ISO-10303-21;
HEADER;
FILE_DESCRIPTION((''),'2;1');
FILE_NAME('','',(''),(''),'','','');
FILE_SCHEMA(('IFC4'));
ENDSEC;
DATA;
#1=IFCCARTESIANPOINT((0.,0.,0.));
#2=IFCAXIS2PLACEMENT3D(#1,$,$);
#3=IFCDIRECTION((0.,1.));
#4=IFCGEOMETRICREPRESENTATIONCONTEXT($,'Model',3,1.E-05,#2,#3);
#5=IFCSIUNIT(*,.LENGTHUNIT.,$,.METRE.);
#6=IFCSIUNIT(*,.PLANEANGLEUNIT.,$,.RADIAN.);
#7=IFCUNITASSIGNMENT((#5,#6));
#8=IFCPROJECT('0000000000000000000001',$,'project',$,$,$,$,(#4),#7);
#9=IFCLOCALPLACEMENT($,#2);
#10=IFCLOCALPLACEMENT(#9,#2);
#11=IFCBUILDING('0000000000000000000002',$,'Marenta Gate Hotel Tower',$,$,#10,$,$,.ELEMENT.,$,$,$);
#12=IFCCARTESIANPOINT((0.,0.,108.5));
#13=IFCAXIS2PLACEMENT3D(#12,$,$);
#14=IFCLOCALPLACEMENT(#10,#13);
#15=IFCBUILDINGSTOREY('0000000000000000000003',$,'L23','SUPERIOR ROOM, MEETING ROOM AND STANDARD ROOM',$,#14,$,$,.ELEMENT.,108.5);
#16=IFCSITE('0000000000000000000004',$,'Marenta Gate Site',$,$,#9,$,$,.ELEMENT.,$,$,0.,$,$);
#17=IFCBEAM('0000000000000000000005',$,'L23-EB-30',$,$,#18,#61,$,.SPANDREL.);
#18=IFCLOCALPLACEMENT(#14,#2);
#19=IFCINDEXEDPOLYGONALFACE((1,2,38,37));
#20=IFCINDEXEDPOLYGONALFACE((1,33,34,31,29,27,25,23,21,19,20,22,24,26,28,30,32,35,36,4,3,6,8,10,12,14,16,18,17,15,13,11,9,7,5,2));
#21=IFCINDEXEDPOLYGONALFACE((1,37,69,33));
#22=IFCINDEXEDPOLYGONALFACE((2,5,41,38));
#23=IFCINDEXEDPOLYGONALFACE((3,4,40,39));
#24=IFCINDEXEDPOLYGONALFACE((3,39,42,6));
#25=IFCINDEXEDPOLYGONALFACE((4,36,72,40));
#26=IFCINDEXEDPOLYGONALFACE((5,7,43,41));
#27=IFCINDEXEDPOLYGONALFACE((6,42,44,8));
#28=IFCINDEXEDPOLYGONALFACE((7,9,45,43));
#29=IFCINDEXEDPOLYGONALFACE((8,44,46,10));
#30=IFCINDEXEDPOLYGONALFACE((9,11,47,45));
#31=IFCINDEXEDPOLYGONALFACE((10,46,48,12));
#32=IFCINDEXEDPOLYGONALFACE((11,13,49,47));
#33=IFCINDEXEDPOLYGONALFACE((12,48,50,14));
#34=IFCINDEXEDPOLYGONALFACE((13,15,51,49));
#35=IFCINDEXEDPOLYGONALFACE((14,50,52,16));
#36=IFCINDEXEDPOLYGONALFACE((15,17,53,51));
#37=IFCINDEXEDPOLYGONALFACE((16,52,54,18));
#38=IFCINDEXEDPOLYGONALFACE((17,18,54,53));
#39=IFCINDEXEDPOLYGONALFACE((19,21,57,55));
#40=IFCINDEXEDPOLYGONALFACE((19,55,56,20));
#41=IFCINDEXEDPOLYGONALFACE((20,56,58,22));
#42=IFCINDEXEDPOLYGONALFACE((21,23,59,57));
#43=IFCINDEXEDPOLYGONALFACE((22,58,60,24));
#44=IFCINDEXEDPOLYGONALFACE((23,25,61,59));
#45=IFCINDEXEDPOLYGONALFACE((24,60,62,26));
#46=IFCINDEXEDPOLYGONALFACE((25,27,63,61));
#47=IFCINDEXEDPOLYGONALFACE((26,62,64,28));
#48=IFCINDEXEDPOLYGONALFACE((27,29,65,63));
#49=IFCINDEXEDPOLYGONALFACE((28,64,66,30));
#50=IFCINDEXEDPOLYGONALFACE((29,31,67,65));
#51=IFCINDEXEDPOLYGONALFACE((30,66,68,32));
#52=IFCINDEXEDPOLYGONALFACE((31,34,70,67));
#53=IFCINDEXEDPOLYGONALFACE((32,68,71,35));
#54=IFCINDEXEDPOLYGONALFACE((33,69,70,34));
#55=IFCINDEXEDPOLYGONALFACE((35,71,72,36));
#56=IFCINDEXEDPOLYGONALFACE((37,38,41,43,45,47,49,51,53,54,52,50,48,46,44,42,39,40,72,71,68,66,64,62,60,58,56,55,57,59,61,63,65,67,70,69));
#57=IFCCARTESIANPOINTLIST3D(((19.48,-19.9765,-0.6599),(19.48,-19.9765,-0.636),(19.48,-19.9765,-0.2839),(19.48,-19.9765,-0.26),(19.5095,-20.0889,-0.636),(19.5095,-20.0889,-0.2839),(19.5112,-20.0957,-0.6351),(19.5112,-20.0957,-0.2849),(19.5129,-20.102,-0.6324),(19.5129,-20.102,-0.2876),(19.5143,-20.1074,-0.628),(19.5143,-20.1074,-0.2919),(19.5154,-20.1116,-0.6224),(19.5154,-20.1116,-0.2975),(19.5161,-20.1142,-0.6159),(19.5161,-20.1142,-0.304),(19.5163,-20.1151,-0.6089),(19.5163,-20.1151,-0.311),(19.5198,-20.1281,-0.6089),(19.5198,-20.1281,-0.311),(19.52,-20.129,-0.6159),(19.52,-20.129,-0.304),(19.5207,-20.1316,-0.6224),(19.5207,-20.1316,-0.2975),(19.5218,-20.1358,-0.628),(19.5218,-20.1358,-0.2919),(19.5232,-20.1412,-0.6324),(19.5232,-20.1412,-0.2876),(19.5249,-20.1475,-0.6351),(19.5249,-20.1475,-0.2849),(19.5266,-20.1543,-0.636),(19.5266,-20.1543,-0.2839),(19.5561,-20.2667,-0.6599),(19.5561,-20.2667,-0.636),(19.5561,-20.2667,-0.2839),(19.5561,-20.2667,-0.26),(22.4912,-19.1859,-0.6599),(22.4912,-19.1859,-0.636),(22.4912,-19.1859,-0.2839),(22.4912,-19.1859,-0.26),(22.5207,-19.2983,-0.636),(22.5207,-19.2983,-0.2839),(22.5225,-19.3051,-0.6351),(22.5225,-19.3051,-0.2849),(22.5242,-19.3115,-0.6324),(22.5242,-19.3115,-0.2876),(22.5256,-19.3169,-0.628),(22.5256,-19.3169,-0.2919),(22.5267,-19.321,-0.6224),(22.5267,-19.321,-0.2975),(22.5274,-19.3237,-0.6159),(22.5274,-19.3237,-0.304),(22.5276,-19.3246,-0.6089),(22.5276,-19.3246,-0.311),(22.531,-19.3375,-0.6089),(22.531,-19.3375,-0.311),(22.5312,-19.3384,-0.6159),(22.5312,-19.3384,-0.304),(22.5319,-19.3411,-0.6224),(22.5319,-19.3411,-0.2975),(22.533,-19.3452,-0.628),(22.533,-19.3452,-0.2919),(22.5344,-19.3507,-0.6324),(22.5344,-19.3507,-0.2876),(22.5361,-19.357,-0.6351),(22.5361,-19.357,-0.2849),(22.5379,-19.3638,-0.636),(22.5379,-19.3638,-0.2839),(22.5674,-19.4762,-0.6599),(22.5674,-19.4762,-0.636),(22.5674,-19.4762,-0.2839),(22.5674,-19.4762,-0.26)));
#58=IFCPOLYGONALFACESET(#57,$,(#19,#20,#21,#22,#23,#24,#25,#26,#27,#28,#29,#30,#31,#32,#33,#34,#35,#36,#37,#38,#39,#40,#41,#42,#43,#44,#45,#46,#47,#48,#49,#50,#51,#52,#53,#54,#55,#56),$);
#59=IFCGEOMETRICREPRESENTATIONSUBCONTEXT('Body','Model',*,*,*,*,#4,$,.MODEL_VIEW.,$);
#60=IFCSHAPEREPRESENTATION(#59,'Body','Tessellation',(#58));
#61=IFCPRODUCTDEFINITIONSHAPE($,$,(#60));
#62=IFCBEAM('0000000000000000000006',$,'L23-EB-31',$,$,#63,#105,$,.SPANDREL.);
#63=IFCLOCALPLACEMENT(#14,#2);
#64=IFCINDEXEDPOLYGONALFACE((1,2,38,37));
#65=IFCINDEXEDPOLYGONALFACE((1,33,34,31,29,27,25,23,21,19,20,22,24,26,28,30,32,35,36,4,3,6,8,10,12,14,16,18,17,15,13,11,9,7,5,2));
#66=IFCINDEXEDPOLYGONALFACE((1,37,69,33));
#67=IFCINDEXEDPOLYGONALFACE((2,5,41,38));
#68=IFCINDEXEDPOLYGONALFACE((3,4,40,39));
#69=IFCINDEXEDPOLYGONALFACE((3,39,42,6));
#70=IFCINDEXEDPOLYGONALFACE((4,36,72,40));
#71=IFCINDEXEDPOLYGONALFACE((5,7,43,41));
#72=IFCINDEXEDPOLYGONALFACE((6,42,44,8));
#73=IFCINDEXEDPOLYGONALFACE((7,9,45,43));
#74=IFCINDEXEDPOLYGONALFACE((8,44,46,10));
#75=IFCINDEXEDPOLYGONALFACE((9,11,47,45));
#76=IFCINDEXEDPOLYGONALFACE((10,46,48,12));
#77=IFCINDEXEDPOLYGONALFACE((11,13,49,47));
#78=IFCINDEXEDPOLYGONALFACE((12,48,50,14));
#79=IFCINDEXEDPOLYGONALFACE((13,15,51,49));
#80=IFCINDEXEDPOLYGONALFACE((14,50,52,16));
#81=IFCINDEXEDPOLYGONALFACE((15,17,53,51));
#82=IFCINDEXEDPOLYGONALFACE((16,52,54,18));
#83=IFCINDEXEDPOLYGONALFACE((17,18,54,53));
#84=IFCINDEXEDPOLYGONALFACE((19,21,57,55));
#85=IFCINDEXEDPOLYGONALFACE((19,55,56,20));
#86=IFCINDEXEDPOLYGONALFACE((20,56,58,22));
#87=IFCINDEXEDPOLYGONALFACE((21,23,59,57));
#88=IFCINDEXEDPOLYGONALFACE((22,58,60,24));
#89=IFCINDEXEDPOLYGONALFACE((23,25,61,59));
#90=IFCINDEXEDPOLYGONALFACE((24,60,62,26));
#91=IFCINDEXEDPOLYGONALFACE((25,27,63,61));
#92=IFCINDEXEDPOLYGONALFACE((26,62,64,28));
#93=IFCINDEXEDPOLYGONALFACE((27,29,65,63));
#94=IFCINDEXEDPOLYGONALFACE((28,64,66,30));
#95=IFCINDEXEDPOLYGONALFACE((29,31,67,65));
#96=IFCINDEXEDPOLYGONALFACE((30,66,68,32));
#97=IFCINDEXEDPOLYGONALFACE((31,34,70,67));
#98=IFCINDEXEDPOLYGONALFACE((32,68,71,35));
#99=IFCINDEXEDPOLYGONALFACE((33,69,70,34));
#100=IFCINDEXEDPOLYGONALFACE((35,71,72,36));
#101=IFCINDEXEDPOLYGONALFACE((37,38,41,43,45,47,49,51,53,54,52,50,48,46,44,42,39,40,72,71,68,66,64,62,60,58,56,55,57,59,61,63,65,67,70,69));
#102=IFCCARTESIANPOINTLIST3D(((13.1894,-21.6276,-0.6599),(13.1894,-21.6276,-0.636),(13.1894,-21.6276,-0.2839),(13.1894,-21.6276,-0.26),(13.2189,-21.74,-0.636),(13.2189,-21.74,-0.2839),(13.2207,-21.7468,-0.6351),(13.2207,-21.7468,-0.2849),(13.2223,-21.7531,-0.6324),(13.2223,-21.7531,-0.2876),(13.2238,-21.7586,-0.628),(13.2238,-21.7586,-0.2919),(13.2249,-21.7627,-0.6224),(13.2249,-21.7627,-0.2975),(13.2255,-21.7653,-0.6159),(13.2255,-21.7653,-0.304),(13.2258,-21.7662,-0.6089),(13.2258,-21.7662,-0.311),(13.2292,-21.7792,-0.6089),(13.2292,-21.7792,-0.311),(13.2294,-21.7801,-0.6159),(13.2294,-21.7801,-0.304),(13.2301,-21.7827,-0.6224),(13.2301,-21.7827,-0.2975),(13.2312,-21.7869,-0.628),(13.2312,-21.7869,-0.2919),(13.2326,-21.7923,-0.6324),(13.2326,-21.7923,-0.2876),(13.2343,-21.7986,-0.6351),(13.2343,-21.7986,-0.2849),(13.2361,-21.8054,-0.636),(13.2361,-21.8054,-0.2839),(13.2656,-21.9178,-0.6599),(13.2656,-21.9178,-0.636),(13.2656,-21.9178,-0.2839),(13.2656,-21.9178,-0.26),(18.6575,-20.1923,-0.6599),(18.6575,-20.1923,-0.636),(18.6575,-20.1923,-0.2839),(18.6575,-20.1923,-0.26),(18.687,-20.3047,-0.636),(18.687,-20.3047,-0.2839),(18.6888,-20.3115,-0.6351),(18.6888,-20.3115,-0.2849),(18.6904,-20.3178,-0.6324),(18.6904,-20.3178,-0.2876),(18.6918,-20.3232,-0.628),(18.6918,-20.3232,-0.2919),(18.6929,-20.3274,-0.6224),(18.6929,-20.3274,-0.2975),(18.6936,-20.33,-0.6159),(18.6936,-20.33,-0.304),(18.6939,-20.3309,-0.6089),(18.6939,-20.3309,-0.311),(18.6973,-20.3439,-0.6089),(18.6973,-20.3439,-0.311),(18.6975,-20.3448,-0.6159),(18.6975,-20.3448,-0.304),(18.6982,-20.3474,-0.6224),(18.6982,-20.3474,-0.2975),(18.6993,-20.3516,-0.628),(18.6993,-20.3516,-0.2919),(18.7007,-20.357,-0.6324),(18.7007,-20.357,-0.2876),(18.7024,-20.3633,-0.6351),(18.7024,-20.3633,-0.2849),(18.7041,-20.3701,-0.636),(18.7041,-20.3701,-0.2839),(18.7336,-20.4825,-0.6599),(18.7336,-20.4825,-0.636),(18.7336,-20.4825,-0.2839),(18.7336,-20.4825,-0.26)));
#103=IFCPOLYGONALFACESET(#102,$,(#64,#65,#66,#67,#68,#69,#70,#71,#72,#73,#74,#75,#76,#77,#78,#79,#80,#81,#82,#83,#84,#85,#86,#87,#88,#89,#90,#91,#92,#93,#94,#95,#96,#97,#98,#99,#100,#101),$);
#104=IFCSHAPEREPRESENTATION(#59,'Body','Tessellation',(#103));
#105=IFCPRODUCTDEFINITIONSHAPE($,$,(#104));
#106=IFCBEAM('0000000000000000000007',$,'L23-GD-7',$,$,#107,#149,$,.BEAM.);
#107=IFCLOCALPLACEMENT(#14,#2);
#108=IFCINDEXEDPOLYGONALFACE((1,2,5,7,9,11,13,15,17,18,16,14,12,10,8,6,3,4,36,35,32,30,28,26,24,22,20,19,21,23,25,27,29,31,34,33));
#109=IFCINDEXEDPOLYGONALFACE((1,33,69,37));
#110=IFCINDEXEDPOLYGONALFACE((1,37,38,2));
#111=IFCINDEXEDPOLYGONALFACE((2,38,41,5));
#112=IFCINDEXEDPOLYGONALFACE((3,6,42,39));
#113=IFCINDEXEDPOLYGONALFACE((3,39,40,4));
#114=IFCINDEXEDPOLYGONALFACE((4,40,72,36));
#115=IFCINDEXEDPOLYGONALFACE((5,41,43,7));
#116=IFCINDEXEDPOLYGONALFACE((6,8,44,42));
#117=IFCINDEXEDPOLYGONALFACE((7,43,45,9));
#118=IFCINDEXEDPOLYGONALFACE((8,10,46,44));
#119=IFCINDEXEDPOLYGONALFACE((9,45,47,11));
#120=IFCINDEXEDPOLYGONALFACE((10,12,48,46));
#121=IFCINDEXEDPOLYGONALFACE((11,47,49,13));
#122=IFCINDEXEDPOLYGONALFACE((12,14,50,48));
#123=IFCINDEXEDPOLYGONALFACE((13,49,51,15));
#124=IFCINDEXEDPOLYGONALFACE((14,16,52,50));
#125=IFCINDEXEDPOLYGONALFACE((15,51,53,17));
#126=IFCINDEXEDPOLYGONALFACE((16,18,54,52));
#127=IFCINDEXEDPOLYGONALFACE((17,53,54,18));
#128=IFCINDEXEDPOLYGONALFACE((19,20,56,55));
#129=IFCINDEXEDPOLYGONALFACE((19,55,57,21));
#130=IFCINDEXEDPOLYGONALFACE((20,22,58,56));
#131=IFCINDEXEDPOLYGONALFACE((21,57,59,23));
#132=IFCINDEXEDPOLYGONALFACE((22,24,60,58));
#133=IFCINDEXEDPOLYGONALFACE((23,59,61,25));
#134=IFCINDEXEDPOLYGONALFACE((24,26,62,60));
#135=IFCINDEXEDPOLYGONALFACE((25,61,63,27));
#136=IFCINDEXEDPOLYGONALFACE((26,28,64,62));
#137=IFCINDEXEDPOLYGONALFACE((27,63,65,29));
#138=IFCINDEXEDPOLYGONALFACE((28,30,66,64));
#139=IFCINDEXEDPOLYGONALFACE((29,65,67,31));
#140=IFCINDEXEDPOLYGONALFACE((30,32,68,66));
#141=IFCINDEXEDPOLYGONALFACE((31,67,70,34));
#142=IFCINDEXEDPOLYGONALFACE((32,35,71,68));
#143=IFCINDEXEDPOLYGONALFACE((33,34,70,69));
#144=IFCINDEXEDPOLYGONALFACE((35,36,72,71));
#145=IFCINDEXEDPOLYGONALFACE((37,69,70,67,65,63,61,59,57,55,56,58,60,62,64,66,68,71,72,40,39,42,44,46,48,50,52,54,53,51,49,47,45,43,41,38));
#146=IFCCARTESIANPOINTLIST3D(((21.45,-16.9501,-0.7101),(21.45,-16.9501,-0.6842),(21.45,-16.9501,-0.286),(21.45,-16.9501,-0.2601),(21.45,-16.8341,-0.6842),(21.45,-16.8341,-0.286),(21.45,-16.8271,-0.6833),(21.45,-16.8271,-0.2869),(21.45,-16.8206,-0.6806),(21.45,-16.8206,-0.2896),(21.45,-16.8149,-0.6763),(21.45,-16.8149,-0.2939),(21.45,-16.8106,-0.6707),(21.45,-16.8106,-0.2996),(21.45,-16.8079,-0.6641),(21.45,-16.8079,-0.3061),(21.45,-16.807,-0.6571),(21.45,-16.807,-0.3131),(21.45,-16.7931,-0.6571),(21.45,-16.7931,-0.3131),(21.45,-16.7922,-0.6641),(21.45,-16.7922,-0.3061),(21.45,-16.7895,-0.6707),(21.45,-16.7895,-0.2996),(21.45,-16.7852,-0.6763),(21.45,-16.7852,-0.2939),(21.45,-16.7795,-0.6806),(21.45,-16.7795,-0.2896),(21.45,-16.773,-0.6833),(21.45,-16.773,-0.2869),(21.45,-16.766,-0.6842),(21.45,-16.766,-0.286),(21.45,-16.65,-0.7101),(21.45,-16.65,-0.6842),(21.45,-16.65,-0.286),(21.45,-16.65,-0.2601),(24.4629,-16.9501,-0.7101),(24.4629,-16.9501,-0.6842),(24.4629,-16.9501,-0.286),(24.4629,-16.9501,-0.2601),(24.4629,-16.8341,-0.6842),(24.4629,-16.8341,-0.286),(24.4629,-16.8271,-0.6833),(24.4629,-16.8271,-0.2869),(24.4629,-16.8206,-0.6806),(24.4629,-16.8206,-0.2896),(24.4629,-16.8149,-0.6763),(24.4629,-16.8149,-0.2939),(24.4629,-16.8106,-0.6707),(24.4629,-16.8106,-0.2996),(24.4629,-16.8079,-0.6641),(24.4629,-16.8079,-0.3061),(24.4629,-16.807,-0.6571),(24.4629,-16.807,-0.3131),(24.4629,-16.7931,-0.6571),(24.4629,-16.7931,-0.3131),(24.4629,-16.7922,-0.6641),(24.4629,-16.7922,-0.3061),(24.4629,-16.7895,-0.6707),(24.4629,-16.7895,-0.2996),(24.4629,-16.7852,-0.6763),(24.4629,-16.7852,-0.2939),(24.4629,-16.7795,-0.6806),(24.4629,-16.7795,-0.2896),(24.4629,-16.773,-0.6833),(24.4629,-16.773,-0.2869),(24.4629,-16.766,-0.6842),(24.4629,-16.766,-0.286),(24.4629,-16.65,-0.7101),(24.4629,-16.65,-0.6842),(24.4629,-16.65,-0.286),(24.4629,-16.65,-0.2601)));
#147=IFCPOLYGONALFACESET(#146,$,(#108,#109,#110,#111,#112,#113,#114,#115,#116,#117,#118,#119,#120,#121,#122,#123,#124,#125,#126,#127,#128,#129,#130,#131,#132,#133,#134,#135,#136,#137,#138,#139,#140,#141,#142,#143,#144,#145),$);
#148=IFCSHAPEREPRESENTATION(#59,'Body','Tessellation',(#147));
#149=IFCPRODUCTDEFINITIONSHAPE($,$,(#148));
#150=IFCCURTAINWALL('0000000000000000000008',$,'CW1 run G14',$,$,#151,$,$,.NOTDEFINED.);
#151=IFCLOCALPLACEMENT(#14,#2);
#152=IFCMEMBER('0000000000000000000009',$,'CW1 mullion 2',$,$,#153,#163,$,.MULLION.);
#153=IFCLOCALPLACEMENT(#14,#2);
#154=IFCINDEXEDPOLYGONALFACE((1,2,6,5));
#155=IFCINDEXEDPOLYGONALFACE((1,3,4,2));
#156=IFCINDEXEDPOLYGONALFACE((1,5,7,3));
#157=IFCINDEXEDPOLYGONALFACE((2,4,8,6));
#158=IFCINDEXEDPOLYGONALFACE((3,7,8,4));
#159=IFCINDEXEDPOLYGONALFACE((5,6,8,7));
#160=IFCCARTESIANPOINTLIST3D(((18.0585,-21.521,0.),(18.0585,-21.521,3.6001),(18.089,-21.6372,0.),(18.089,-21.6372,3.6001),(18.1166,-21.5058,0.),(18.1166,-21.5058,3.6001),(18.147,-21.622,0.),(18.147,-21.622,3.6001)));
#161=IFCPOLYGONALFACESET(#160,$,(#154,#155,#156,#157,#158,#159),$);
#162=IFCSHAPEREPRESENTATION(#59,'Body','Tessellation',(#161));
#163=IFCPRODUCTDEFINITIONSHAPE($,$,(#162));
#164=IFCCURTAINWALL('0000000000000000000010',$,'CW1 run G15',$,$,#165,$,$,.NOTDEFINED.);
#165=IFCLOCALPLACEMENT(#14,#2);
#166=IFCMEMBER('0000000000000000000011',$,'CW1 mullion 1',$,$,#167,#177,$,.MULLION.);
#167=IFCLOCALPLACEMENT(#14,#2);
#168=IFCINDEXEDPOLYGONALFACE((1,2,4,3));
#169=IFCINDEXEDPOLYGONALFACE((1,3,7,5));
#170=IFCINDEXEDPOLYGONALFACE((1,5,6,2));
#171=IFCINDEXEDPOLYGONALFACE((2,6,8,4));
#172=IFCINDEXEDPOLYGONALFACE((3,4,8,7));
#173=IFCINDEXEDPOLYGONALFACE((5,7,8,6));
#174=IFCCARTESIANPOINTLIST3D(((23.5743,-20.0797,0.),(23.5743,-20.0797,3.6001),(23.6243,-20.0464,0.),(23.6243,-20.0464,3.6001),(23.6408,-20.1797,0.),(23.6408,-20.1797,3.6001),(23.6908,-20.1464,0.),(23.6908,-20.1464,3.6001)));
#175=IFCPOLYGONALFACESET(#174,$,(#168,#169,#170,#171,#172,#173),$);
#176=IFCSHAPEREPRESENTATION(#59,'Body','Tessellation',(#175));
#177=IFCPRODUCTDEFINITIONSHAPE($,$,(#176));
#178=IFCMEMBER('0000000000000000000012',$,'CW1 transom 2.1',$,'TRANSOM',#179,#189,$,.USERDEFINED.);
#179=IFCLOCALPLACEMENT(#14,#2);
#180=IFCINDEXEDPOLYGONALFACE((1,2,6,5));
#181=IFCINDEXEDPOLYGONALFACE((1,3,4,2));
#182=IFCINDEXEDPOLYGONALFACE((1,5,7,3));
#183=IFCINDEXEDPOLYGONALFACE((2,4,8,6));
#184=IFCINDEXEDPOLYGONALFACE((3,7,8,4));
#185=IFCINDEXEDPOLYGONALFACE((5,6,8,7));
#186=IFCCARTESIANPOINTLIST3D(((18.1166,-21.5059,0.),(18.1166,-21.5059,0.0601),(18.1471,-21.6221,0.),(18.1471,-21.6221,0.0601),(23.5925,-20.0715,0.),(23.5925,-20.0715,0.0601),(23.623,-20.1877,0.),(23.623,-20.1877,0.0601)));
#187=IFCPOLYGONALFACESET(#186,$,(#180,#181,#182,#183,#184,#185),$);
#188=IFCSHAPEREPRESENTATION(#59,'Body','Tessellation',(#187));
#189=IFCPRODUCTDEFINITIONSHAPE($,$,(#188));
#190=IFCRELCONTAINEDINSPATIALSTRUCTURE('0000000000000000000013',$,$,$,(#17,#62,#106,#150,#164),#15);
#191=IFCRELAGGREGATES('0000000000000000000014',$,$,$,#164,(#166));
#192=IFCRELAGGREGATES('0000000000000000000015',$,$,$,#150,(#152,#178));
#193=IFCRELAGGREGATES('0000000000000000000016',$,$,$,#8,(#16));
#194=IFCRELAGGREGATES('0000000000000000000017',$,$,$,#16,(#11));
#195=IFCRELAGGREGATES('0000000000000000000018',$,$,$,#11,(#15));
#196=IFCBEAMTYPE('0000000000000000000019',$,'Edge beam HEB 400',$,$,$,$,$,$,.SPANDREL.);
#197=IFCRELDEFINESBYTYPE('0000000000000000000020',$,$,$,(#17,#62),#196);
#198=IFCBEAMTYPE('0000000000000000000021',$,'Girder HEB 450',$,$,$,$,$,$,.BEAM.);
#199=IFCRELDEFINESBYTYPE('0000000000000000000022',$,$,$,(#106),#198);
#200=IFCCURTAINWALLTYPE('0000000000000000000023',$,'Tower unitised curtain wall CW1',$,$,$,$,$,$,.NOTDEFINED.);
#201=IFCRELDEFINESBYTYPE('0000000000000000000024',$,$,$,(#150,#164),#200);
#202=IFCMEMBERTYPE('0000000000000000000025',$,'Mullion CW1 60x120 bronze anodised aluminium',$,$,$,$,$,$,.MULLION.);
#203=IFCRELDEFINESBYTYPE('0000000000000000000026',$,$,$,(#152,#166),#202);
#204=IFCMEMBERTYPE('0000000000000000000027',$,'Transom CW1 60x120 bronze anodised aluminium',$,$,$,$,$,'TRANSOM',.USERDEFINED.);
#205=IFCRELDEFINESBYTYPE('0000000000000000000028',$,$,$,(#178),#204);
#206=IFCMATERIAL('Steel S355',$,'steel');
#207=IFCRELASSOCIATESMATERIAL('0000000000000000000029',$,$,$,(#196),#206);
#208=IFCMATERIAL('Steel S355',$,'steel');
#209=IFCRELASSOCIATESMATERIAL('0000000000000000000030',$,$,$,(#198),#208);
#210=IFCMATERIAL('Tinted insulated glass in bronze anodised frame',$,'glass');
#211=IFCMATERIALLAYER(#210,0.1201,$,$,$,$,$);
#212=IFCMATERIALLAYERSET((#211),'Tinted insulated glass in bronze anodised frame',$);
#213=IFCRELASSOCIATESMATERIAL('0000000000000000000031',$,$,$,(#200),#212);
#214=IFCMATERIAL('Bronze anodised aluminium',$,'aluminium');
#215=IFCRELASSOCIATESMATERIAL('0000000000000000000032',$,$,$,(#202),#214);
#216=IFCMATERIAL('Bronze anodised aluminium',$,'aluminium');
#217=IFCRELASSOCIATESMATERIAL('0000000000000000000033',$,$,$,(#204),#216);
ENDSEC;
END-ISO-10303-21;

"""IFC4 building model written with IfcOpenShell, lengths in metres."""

from ifc_helpers import new_model, si_unit, direction, frame, origin, origin_2d, place, context, subcontext, project, spatial, rectangle, i_section, extrude, material, layer, layer_set, material_profile, profile_set, type_object, element, aggregate, save


model = new_model("IFC4")

# Units and contexts
model_context = context("Model", 3, precision=1e-05, world=origin(), true_north=direction((0.0, 1.0)))
body_context = subcontext(model_context, "Body", "Model", "MODEL_VIEW")
ifc_project = project(units=[si_unit("LENGTHUNIT", "METRE"), si_unit("PLANEANGLEUNIT", "RADIAN")], contexts=[model_context])

# Site, building, storey
site_placement = place(None, origin())
site = spatial("IfcSite", under=ifc_project, at=site_placement, Name="Marenta Gate Site", CompositionType="ELEMENT", RefElevation=0.0)
building_placement = place(site_placement, origin())
building = spatial("IfcBuilding", under=site, at=building_placement, Name="Marenta Gate Hotel Tower", CompositionType="ELEMENT")
storey_placement = place(building_placement, frame((0.0, 0.0, 108.5)))
storey = spatial("IfcBuildingStorey", under=building, at=storey_placement, Name="L23", Description="SUPERIOR ROOM, MEETING ROOM AND STANDARD ROOM", CompositionType="ELEMENT", Elevation=108.5)

# Beams
ifc_material_1 = material(Name="Steel S355", Category="steel")
ifc_material_profile_1 = material_profile(ifc_material_1, i_section(OverallWidth=0.3, OverallDepth=0.3999, WebThickness=0.0134, FlangeThickness=0.0239, FilletRadius=0.0271, at=origin_2d()), Name="HEB 400")
ifc_profile_set_1 = profile_set([ifc_material_profile_1], Name="Steel S355")
beam_type_1 = type_object("IfcBeamType", Name="Edge beam HEB 400", PredefinedType="SPANDREL", material=ifc_profile_set_1)
beam_1_placement = place(storey_placement, frame((22.5293, -19.3311, -0.46), z_axis=(-0.967225, -0.253922, 0.0), x_axis=(0.253922, -0.967225, 0.0)))
element("IfcBeam", 1, at=beam_1_placement, inside=storey, type_object=beam_type_1, Name="L23-EB-30", PredefinedType="SPANDREL", context=body_context, shape_type="SweptSolid", body=[
    extrude(i_section(OverallWidth=0.3, OverallDepth=0.3999, WebThickness=0.0134, FlangeThickness=0.0239, FilletRadius=0.0271, at=origin_2d()), origin(), (0.0, 0.0, 1.0), 3.1133),
])
beam_2_placement = place(storey_placement, frame((18.6956, -20.3374, -0.46), z_axis=(-0.967233, -0.25389, 0.0), x_axis=(0.25389, -0.967233, 0.0)))
element("IfcBeam", 2, at=beam_2_placement, inside=storey, type_object=beam_type_1, Name="L23-EB-31", PredefinedType="SPANDREL", context=body_context, shape_type="SweptSolid", body=[
    extrude(i_section(OverallWidth=0.3, OverallDepth=0.3999, WebThickness=0.0134, FlangeThickness=0.0239, FilletRadius=0.0271, at=origin_2d()), origin(), (0.0, 0.0, 1.0), 5.6533),
])
ifc_material_2 = material(Name="Steel S355", Category="steel")
ifc_material_profile_2 = material_profile(ifc_material_2, i_section(OverallWidth=0.3, OverallDepth=0.45, WebThickness=0.0139, FlangeThickness=0.0259, FilletRadius=0.0271, at=origin_2d()), Name="HEB 450")
ifc_profile_set_2 = profile_set([ifc_material_profile_2], Name="Steel S355")
beam_type_2 = type_object("IfcBeamType", Name="Girder HEB 450", PredefinedType="BEAM", material=ifc_profile_set_2)
beam_3_placement = place(storey_placement, frame((21.45, -16.8, -0.4851), z_axis=(1.0, 0.0, 0.0), x_axis=(0.0, 1.0, 0.0)))
element("IfcBeam", 3, at=beam_3_placement, inside=storey, type_object=beam_type_2, Name="L23-GD-7", PredefinedType="BEAM", context=body_context, shape_type="SweptSolid", body=[
    extrude(i_section(OverallWidth=0.3, OverallDepth=0.45, WebThickness=0.0139, FlangeThickness=0.0259, FilletRadius=0.0271, at=origin_2d()), origin(), (0.0, 0.0, 1.0), 3.0129),
])

# Curtain walls, members
ifc_material_3 = material(Name="Tinted insulated glass in bronze anodised frame", Category="glass")
ifc_layer_1 = layer(ifc_material_3, 0.1201)
ifc_layer_set_1 = layer_set([ifc_layer_1], Name="Tinted insulated glass in bronze anodised frame")
curtain_wall_type = type_object("IfcCurtainWallType", Name="Tower unitised curtain wall CW1", PredefinedType="NOTDEFINED", material=ifc_layer_set_1)
curtain_wall_1_placement = place(storey_placement, origin())
curtain_wall_1 = element("IfcCurtainWall", 4, at=curtain_wall_1_placement, inside=storey, type_object=curtain_wall_type, Name="CW1 run G14", PredefinedType="NOTDEFINED")
ifc_material_4 = material(Name="Bronze anodised aluminium", Category="aluminium")
ifc_material_profile_3 = material_profile(ifc_material_4, rectangle(XDim=0.1201, YDim=0.0601, at=origin_2d()), Name="Mullion CW1 60x120 bronze anodised aluminium")
ifc_profile_set_3 = profile_set([ifc_material_profile_3], Name="Bronze anodised aluminium")
member_type_1 = type_object("IfcMemberType", Name="Mullion CW1 60x120 bronze anodised aluminium", PredefinedType="MULLION", material=ifc_profile_set_3)
member_1_placement = place(storey_placement, frame((18.1028, -21.5715, 0.0), z_axis=(0.0, 0.0, 1.0), x_axis=(-0.253374, 0.967368, 0.0)))
member_1 = element("IfcMember", 5, at=member_1_placement, type_object=member_type_1, Name="CW1 mullion 2", PredefinedType="MULLION", context=body_context, shape_type="SweptSolid", body=[
    extrude(rectangle(XDim=0.1201, YDim=0.0601, at=origin_2d()), origin(), (0.0, 0.0, 1.0), 3.6001),
])
curtain_wall_2_placement = place(storey_placement, origin())
curtain_wall_2 = element("IfcCurtainWall", 6, at=curtain_wall_2_placement, inside=storey, type_object=curtain_wall_type, Name="CW1 run G15", PredefinedType="NOTDEFINED")
member_2_placement = place(storey_placement, frame((23.6326, -20.113, 0.0), z_axis=(0.0, 0.0, 1.0), x_axis=(-0.554016, 0.832506, 0.0)))
member_2 = element("IfcMember", 7, at=member_2_placement, type_object=member_type_1, Name="CW1 mullion 1", PredefinedType="MULLION", context=body_context, shape_type="SweptSolid", body=[
    extrude(rectangle(XDim=0.1201, YDim=0.0601, at=origin_2d()), origin(), (0.0, 0.0, 1.0), 3.6001),
])
aggregate(curtain_wall_2, [member_2])

# Member
ifc_material_5 = material(Name="Bronze anodised aluminium", Category="aluminium")
ifc_material_profile_4 = material_profile(ifc_material_5, rectangle(XDim=0.1201, YDim=0.0601, at=origin_2d()), Name="Transom CW1 60x120 bronze anodised aluminium")
ifc_profile_set_4 = profile_set([ifc_material_profile_4], Name="Bronze anodised aluminium")
member_type_2 = type_object("IfcMemberType", Name="Transom CW1 60x120 bronze anodised aluminium", ElementType="TRANSOM", PredefinedType="USERDEFINED", material=ifc_profile_set_4)
member_3_placement = place(storey_placement, frame((18.1318, -21.564, 0.03), z_axis=(0.967364, 0.253389, 0.0), x_axis=(-0.253389, 0.967364, 0.0)))
member_3 = element("IfcMember", 8, at=member_3_placement, type_object=member_type_2, Name="CW1 transom 2.1", ObjectType="TRANSOM", PredefinedType="USERDEFINED", context=body_context, shape_type="SweptSolid", body=[
    extrude(rectangle(XDim=0.1201, YDim=0.0601, at=origin_2d()), origin(), (0.0, 0.0, 1.0), 5.6606),
])

aggregate(curtain_wall_1, [member_1, member_3])

save(model, "model.ifc")
